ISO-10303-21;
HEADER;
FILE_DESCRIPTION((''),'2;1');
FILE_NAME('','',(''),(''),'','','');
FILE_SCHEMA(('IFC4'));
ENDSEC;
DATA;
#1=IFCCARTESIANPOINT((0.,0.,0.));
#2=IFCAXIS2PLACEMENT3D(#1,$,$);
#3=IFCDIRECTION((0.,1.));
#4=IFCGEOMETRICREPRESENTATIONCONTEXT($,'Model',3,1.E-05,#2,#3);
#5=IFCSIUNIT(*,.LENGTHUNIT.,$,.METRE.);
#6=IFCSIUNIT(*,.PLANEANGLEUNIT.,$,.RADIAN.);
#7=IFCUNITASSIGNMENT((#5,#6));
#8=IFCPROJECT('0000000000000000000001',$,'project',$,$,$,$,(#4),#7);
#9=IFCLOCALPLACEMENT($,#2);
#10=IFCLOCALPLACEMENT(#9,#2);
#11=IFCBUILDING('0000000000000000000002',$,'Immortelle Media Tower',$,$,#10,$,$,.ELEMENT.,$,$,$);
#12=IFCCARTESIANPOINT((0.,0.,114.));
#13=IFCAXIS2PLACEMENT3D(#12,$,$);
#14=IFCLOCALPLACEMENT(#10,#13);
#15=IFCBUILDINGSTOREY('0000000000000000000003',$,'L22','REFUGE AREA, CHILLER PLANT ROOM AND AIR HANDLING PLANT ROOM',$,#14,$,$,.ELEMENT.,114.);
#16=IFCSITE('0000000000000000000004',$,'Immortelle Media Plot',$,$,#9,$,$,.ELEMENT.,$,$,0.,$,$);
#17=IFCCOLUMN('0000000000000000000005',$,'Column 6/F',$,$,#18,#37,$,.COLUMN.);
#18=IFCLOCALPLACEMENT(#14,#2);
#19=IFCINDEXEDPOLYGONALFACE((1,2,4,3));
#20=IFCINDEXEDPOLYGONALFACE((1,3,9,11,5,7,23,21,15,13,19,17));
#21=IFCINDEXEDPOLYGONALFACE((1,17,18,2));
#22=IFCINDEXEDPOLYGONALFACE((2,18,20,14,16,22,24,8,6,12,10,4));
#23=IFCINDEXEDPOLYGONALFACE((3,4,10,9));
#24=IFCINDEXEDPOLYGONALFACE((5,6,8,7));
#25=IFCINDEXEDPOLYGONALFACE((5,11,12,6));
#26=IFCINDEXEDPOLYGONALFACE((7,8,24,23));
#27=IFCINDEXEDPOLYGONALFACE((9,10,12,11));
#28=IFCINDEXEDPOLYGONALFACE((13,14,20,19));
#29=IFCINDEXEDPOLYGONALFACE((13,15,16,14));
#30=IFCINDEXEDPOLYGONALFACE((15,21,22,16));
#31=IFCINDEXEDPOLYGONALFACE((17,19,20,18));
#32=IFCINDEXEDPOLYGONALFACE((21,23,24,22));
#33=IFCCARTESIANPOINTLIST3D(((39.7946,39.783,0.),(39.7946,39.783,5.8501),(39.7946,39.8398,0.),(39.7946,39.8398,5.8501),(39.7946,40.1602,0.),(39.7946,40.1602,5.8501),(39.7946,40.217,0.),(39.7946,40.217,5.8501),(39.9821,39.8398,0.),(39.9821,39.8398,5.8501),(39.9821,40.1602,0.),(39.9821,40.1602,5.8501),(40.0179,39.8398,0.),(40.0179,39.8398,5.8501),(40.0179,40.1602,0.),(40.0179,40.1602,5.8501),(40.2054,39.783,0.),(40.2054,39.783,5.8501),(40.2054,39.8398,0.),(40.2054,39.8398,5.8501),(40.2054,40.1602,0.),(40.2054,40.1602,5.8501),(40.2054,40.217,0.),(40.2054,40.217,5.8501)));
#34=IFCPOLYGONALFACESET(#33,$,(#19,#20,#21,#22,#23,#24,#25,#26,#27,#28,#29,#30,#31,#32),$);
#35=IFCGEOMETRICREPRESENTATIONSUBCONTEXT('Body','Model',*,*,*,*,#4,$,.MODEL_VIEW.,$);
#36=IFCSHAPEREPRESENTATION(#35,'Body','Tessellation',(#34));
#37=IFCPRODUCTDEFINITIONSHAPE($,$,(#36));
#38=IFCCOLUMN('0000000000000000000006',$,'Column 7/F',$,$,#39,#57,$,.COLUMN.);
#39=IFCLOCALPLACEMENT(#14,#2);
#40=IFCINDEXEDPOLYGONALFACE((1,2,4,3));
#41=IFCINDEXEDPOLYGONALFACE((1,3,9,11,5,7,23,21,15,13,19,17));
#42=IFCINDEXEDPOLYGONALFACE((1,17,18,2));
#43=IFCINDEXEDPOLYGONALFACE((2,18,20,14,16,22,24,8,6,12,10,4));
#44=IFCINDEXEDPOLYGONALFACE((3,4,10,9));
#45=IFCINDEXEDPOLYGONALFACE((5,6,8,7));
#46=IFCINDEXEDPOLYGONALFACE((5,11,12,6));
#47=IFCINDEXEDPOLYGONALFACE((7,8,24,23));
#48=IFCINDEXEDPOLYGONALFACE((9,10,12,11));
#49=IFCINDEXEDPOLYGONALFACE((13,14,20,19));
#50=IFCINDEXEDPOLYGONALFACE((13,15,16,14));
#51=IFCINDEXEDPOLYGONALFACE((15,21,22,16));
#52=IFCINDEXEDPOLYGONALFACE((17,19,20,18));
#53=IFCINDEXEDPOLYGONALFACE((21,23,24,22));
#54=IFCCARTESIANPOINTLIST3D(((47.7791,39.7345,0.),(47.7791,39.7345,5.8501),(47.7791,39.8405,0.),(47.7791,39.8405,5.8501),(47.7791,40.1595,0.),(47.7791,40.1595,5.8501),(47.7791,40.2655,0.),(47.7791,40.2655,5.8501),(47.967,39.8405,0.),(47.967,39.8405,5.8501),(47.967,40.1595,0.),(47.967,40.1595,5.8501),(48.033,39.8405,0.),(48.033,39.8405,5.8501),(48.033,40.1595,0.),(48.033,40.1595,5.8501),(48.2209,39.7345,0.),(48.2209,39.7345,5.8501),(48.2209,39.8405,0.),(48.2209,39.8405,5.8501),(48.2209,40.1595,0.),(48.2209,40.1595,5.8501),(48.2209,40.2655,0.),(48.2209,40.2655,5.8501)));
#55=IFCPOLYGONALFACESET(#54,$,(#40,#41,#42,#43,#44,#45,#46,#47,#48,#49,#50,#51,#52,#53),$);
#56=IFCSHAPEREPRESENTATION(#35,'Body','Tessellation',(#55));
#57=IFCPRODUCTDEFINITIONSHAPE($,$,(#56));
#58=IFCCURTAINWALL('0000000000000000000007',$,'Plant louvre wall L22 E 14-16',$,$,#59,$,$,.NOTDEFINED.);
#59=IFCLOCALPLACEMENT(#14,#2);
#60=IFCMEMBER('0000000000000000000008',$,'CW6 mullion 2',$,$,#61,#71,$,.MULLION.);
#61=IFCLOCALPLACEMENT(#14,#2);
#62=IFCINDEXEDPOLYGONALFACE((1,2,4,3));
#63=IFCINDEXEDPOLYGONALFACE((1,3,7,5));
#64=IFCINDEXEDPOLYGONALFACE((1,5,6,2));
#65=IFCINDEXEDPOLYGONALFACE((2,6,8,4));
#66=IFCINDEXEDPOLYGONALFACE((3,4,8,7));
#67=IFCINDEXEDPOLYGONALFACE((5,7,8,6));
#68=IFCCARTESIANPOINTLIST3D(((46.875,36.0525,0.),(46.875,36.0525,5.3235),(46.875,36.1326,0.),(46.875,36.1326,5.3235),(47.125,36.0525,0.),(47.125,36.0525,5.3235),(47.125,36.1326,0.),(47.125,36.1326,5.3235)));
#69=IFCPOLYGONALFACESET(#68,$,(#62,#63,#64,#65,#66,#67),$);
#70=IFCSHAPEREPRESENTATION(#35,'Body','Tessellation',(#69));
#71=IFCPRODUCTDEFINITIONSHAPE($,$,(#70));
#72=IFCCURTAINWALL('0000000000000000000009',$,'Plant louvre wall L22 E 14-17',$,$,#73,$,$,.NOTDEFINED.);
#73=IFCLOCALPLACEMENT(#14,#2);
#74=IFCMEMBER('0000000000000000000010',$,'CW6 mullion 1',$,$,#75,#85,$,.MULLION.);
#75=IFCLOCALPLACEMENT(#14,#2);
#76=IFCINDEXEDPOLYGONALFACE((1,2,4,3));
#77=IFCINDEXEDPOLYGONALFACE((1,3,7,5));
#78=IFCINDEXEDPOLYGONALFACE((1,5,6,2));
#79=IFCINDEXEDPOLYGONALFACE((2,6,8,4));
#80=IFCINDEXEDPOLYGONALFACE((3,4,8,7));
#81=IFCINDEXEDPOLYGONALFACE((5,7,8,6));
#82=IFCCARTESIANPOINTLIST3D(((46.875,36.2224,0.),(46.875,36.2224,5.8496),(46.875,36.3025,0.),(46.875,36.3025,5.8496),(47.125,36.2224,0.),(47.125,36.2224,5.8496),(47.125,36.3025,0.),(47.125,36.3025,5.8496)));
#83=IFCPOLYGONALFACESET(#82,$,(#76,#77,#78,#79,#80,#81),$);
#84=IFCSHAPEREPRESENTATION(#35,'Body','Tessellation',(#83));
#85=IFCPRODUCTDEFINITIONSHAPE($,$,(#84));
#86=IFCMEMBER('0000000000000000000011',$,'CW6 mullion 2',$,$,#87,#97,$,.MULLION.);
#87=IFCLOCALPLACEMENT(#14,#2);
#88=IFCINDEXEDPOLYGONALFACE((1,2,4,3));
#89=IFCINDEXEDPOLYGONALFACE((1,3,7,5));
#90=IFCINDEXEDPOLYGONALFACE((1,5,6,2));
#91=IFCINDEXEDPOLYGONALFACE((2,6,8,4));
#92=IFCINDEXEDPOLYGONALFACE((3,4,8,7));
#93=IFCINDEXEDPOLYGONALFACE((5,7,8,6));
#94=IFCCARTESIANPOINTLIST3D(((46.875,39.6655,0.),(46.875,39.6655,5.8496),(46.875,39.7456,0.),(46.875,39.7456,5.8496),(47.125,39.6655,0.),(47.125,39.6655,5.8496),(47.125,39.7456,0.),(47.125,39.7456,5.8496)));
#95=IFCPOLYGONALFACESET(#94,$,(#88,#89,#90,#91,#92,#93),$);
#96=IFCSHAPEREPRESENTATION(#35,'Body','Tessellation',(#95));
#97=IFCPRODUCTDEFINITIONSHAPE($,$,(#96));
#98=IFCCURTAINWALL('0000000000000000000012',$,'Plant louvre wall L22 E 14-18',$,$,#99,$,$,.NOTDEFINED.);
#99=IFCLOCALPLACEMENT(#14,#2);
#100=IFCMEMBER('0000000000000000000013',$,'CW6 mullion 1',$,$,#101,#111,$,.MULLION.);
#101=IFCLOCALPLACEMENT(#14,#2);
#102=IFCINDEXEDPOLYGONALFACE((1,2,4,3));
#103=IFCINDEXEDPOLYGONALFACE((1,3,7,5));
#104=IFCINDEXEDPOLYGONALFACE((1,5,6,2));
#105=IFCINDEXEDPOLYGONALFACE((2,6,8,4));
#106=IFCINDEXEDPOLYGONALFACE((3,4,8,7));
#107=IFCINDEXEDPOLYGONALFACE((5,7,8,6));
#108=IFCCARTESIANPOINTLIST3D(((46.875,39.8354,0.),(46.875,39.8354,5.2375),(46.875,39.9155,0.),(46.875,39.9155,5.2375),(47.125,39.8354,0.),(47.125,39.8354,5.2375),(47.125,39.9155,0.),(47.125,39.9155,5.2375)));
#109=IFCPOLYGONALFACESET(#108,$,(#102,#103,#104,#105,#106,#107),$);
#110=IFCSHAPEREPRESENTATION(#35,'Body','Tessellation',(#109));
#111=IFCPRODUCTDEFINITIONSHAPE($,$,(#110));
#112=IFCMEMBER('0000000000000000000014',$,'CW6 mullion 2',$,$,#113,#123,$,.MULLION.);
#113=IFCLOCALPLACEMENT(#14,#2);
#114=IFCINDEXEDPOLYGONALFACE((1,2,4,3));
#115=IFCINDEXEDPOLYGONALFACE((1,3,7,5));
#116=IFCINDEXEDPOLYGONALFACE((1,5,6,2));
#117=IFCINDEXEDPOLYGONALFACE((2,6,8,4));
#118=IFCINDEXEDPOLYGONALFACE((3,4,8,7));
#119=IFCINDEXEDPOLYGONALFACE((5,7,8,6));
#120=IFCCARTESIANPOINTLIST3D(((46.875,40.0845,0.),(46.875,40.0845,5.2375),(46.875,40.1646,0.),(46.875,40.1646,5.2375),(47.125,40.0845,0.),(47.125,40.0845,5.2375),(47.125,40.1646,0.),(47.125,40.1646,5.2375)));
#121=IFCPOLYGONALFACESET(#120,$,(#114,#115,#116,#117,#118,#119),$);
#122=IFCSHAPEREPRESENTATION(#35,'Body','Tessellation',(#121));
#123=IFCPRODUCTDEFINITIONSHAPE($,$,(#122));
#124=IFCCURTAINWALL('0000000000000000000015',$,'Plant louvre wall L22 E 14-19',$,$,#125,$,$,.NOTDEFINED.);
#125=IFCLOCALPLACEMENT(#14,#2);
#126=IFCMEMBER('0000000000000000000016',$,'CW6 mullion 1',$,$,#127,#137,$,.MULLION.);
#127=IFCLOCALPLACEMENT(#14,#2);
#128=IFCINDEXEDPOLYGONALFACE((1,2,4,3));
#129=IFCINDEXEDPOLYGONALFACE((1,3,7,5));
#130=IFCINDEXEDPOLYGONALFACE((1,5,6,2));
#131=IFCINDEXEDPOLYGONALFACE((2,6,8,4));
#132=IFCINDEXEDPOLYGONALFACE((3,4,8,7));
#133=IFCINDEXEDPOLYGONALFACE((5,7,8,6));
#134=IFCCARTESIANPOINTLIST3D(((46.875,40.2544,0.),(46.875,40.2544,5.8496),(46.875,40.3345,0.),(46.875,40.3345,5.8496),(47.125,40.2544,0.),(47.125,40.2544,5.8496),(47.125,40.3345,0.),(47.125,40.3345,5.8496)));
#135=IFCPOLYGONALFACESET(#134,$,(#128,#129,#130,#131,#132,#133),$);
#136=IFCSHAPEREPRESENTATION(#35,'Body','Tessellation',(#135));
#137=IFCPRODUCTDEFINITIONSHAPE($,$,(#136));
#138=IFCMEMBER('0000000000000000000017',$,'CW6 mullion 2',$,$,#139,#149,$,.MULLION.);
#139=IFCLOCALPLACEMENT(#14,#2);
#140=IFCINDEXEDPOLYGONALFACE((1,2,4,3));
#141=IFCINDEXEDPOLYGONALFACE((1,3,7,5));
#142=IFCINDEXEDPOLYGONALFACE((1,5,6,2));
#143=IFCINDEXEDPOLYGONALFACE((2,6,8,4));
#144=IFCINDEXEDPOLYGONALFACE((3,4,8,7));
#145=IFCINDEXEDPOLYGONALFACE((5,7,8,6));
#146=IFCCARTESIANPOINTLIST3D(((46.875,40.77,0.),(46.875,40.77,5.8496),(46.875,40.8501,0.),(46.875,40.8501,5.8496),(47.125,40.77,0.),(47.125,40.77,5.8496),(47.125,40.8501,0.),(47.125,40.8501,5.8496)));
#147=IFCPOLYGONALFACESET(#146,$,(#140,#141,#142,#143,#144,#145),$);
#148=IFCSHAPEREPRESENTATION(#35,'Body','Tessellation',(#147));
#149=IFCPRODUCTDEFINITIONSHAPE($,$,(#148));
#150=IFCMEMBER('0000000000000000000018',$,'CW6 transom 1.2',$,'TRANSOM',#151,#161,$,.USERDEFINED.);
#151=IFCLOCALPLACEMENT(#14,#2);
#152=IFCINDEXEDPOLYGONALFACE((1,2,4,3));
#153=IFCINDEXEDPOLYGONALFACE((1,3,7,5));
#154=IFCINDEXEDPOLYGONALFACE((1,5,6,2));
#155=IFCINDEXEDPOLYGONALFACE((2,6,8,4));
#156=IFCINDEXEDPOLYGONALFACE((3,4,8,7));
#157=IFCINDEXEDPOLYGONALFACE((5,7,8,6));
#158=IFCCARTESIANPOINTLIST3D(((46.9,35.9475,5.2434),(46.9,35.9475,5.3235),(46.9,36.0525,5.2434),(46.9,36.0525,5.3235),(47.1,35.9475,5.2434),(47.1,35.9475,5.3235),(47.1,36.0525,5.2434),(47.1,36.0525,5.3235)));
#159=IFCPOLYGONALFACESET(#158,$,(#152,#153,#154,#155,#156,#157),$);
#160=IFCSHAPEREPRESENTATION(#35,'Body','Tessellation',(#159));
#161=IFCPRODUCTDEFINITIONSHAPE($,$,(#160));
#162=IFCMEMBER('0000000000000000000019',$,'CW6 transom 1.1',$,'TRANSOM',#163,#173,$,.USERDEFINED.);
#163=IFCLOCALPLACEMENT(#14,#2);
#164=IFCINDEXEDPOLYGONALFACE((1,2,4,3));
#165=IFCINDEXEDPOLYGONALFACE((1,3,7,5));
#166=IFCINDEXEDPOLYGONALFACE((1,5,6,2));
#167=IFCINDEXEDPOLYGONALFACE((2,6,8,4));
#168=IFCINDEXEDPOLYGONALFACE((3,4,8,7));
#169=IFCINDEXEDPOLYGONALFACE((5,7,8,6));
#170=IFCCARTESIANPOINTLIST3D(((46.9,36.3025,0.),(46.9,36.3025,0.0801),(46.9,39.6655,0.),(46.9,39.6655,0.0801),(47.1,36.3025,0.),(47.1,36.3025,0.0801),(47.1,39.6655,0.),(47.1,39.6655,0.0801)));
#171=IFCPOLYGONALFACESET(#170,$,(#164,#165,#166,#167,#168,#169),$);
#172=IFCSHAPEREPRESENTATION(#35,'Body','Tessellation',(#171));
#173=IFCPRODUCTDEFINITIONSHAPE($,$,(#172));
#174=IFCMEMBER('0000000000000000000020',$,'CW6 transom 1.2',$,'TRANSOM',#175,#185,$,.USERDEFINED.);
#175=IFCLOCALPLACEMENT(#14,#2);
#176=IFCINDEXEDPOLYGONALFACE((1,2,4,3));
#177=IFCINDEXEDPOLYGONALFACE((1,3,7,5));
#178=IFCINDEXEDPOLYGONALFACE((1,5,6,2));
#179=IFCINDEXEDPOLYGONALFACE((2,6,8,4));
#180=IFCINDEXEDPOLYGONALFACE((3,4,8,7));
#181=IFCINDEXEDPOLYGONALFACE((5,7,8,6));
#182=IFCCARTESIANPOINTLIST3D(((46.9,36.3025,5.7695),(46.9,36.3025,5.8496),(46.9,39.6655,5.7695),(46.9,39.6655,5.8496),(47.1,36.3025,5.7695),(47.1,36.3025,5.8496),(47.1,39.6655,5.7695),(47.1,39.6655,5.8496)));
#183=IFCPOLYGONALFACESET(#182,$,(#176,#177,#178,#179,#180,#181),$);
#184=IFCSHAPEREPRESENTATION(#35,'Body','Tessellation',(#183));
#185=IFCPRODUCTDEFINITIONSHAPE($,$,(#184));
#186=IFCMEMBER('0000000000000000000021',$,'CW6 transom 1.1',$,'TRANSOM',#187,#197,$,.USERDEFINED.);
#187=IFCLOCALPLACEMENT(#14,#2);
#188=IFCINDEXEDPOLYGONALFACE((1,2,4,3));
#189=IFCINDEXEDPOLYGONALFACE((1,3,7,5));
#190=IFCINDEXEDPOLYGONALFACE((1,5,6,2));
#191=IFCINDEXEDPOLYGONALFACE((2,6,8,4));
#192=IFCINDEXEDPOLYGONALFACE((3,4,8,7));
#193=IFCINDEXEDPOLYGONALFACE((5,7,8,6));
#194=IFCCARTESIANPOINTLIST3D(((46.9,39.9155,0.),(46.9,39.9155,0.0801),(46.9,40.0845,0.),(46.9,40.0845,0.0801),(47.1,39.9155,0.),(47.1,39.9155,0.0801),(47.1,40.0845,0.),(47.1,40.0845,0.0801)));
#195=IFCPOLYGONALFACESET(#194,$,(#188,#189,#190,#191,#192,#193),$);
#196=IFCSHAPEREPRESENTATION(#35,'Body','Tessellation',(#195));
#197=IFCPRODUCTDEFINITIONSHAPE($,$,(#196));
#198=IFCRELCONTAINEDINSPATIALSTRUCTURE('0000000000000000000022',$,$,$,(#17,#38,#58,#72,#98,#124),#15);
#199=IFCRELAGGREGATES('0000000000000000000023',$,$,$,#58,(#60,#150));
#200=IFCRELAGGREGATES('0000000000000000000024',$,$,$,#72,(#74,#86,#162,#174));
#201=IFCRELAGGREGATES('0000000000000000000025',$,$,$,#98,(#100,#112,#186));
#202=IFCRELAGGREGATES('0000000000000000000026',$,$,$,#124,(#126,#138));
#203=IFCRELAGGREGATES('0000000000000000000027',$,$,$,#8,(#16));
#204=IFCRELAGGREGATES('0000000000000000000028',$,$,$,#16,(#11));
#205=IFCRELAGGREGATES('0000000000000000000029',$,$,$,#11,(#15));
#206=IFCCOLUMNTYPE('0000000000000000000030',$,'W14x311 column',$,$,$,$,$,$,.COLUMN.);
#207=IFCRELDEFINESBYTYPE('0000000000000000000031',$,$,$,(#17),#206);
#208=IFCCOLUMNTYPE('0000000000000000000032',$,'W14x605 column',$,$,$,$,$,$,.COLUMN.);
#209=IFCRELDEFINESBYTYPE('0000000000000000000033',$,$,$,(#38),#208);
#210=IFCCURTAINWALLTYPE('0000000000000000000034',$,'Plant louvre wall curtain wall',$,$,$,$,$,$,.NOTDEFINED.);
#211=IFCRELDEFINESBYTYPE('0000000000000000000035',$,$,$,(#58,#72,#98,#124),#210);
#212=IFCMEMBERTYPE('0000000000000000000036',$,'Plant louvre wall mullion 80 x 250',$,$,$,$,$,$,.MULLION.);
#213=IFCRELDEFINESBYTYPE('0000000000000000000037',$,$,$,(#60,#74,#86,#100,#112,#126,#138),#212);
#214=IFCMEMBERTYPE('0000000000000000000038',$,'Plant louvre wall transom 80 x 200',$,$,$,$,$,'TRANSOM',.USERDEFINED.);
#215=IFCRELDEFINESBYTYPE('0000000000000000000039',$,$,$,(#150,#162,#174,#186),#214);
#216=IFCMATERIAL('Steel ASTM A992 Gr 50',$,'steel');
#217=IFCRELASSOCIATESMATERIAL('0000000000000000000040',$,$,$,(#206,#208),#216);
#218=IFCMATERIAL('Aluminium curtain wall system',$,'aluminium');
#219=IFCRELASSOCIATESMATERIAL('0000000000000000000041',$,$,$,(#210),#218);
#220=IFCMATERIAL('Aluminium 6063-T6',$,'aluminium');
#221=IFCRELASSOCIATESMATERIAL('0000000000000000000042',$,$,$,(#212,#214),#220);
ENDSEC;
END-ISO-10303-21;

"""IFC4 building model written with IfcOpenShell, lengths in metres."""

from ifc_helpers import new_model, si_unit, direction, frame, origin, origin_2d, place, context, subcontext, project, spatial, rectangle, i_section, extrude, material, material_profile, profile_set, type_object, element, aggregate, save


model = new_model("IFC4")

# Units and contexts
model_context = context("Model", 3, precision=1e-05, world=origin(), true_north=direction((0.0, 1.0)))
body_context = subcontext(model_context, "Body", "Model", "MODEL_VIEW")
ifc_project = project(units=[si_unit("LENGTHUNIT", "METRE"), si_unit("PLANEANGLEUNIT", "RADIAN")], contexts=[model_context])

# Site, building, storey
site_placement = place(None, origin())
site = spatial("IfcSite", under=ifc_project, at=site_placement, Name="Immortelle Media Plot", CompositionType="ELEMENT", RefElevation=0.0)
building_placement = place(site_placement, origin())
building = spatial("IfcBuilding", under=site, at=building_placement, Name="Immortelle Media Tower", CompositionType="ELEMENT")
storey_placement = place(building_placement, frame((0.0, 0.0, 114.0)))
storey = spatial("IfcBuildingStorey", under=building, at=storey_placement, Name="L22", Description="REFUGE AREA, CHILLER PLANT ROOM AND AIR HANDLING PLANT ROOM", CompositionType="ELEMENT", Elevation=114.0)

# Columns
ifc_material_1 = material(Name="Steel ASTM A992 Gr 50", Category="steel")
ifc_material_profile_1 = material_profile(ifc_material_1, i_section(OverallWidth=0.4109, OverallDepth=0.4341, WebThickness=0.0359, FlangeThickness=0.0569, at=origin_2d()), Name="W14x311")
ifc_profile_set_1 = profile_set([ifc_material_profile_1], Name="Steel ASTM A992 Gr 50")
column_type_1 = type_object("IfcColumnType", Name="W14x311 column", PredefinedType="COLUMN", material=ifc_profile_set_1)
column_1_placement = place(storey_placement, frame((40.0, 40.0, 0.0), z_axis=(0.0, 0.0, 1.0), x_axis=(1.0, 0.0, 0.0)))
element("IfcColumn", 1, at=column_1_placement, inside=storey, type_object=column_type_1, Name="Column 6/F", PredefinedType="COLUMN", context=body_context, shape_type="SweptSolid", body=[
    extrude(i_section(OverallWidth=0.4109, OverallDepth=0.4341, WebThickness=0.0359, FlangeThickness=0.0569, at=origin_2d()), origin(), (0.0, 0.0, 1.0), 5.8501),
])
ifc_material_profile_2 = material_profile(ifc_material_1, i_section(OverallWidth=0.4419, OverallDepth=0.531, WebThickness=0.0659, FlangeThickness=0.106, at=origin_2d()), Name="W14x605")
ifc_profile_set_2 = profile_set([ifc_material_profile_2], Name="Steel ASTM A992 Gr 50")
column_type_2 = type_object("IfcColumnType", Name="W14x605 column", PredefinedType="COLUMN", material=ifc_profile_set_2)
column_2_placement = place(storey_placement, frame((48.0, 40.0, 0.0), z_axis=(0.0, 0.0, 1.0), x_axis=(1.0, 0.0, 0.0)))
element("IfcColumn", 2, at=column_2_placement, inside=storey, type_object=column_type_2, Name="Column 7/F", PredefinedType="COLUMN", context=body_context, shape_type="SweptSolid", body=[
    extrude(i_section(OverallWidth=0.4419, OverallDepth=0.531, WebThickness=0.0659, FlangeThickness=0.106, at=origin_2d()), origin(), (0.0, 0.0, 1.0), 5.8501),
])

# Curtain wall, member
ifc_material_2 = material(Name="Aluminium curtain wall system", Category="aluminium")
curtain_wall_type = type_object("IfcCurtainWallType", Name="Plant louvre wall curtain wall", PredefinedType="NOTDEFINED", material=ifc_material_2)
curtain_wall_1_placement = place(storey_placement, origin())
curtain_wall_1 = element("IfcCurtainWall", 3, at=curtain_wall_1_placement, inside=storey, type_object=curtain_wall_type, Name="Plant louvre wall L22 E 14-16", PredefinedType="NOTDEFINED")
ifc_material_3 = material(Name="Aluminium 6063-T6", Category="aluminium")
ifc_material_profile_3 = material_profile(ifc_material_3, rectangle(XDim=0.25, YDim=0.0801, at=origin_2d()), Name="AL 80x250")
ifc_profile_set_3 = profile_set([ifc_material_profile_3], Name="Aluminium 6063-T6")
member_type_1 = type_object("IfcMemberType", Name="Plant louvre wall mullion 80 x 250", PredefinedType="MULLION", material=ifc_profile_set_3)
member_1_placement = place(storey_placement, frame((47.0, 36.0925, 0.0), z_axis=(0.0, 0.0, 1.0), x_axis=(-1.0, 0.0, 0.0)))
member_1 = element("IfcMember", 4, at=member_1_placement, type_object=member_type_1, Name="CW6 mullion 2", PredefinedType="MULLION", context=body_context, shape_type="SweptSolid", body=[
    extrude(rectangle(XDim=0.25, YDim=0.0801, at=origin_2d()), origin(), (0.0, 0.0, 1.0), 5.3235),
])

# Curtain walls, members
curtain_wall_2_placement = place(storey_placement, origin())
curtain_wall_2 = element("IfcCurtainWall", 5, at=curtain_wall_2_placement, inside=storey, type_object=curtain_wall_type, Name="Plant louvre wall L22 E 14-17", PredefinedType="NOTDEFINED")
member_2_placement = place(storey_placement, frame((47.0, 36.2625, 0.0), z_axis=(0.0, 0.0, 1.0), x_axis=(-1.0, 0.0, 0.0)))
member_2 = element("IfcMember", 6, at=member_2_placement, type_object=member_type_1, Name="CW6 mullion 1", PredefinedType="MULLION", context=body_context, shape_type="SweptSolid", body=[
    extrude(rectangle(XDim=0.25, YDim=0.0801, at=origin_2d()), origin(), (0.0, 0.0, 1.0), 5.8496),
])
member_3_placement = place(storey_placement, frame((47.0, 39.7056, 0.0), z_axis=(0.0, 0.0, 1.0), x_axis=(-1.0, 0.0, 0.0)))
member_3 = element("IfcMember", 7, at=member_3_placement, type_object=member_type_1, Name="CW6 mullion 2", PredefinedType="MULLION", context=body_context, shape_type="SweptSolid", body=[
    extrude(rectangle(XDim=0.25, YDim=0.0801, at=origin_2d()), origin(), (0.0, 0.0, 1.0), 5.8496),
])
curtain_wall_3_placement = place(storey_placement, origin())
curtain_wall_3 = element("IfcCurtainWall", 8, at=curtain_wall_3_placement, inside=storey, type_object=curtain_wall_type, Name="Plant louvre wall L22 E 14-18", PredefinedType="NOTDEFINED")
member_4_placement = place(storey_placement, frame((47.0, 39.8755, 0.0), z_axis=(0.0, 0.0, 1.0), x_axis=(-1.0, 0.0, 0.0)))
member_4 = element("IfcMember", 9, at=member_4_placement, type_object=member_type_1, Name="CW6 mullion 1", PredefinedType="MULLION", context=body_context, shape_type="SweptSolid", body=[
    extrude(rectangle(XDim=0.25, YDim=0.0801, at=origin_2d()), origin(), (0.0, 0.0, 1.0), 5.2375),
])
member_5_placement = place(storey_placement, frame((47.0, 40.1245, 0.0), z_axis=(0.0, 0.0, 1.0), x_axis=(-1.0, 0.0, 0.0)))
member_5 = element("IfcMember", 10, at=member_5_placement, type_object=member_type_1, Name="CW6 mullion 2", PredefinedType="MULLION", context=body_context, shape_type="SweptSolid", body=[
    extrude(rectangle(XDim=0.25, YDim=0.0801, at=origin_2d()), origin(), (0.0, 0.0, 1.0), 5.2375),
])
curtain_wall_4_placement = place(storey_placement, origin())
curtain_wall_4 = element("IfcCurtainWall", 11, at=curtain_wall_4_placement, inside=storey, type_object=curtain_wall_type, Name="Plant louvre wall L22 E 14-19", PredefinedType="NOTDEFINED")
member_6_placement = place(storey_placement, frame((47.0, 40.2944, 0.0), z_axis=(0.0, 0.0, 1.0), x_axis=(-1.0, 0.0, 0.0)))
member_6 = element("IfcMember", 12, at=member_6_placement, type_object=member_type_1, Name="CW6 mullion 1", PredefinedType="MULLION", context=body_context, shape_type="SweptSolid", body=[
    extrude(rectangle(XDim=0.25, YDim=0.0801, at=origin_2d()), origin(), (0.0, 0.0, 1.0), 5.8496),
])
member_7_placement = place(storey_placement, frame((47.0, 40.8101, 0.0), z_axis=(0.0, 0.0, 1.0), x_axis=(-1.0, 0.0, 0.0)))
member_7 = element("IfcMember", 13, at=member_7_placement, type_object=member_type_1, Name="CW6 mullion 2", PredefinedType="MULLION", context=body_context, shape_type="SweptSolid", body=[
    extrude(rectangle(XDim=0.25, YDim=0.0801, at=origin_2d()), origin(), (0.0, 0.0, 1.0), 5.8496),
])

# Members
ifc_material_profile_4 = material_profile(ifc_material_3, rectangle(XDim=0.2, YDim=0.0801, at=origin_2d()), Name="AL 80x200")
ifc_profile_set_4 = profile_set([ifc_material_profile_4], Name="Aluminium 6063-T6")
member_type_2 = type_object("IfcMemberType", Name="Plant louvre wall transom 80 x 200", ElementType="TRANSOM", PredefinedType="USERDEFINED", material=ifc_profile_set_4)
member_8_placement = place(storey_placement, frame((47.0, 35.9475, 5.2834), z_axis=(0.0, 1.0, 0.0), x_axis=(-1.0, 0.0, 0.0)))
member_8 = element("IfcMember", 14, at=member_8_placement, type_object=member_type_2, Name="CW6 transom 1.2", ObjectType="TRANSOM", PredefinedType="USERDEFINED", context=body_context, shape_type="SweptSolid", body=[
    extrude(rectangle(XDim=0.2, YDim=0.0801, at=origin_2d()), origin(), (0.0, 0.0, 1.0), 0.105),
])
member_9_placement = place(storey_placement, frame((47.0, 36.3025, 0.04), z_axis=(0.0, 1.0, 0.0), x_axis=(-1.0, 0.0, 0.0)))
member_9 = element("IfcMember", 15, at=member_9_placement, type_object=member_type_2, Name="CW6 transom 1.1", ObjectType="TRANSOM", PredefinedType="USERDEFINED", context=body_context, shape_type="SweptSolid", body=[
    extrude(rectangle(XDim=0.2, YDim=0.0801, at=origin_2d()), origin(), (0.0, 0.0, 1.0), 3.363),
])
member_10_placement = place(storey_placement, frame((47.0, 36.3025, 5.8096), z_axis=(0.0, 1.0, 0.0), x_axis=(-1.0, 0.0, 0.0)))
member_10 = element("IfcMember", 16, at=member_10_placement, type_object=member_type_2, Name="CW6 transom 1.2", ObjectType="TRANSOM", PredefinedType="USERDEFINED", context=body_context, shape_type="SweptSolid", body=[
    extrude(rectangle(XDim=0.2, YDim=0.0801, at=origin_2d()), origin(), (0.0, 0.0, 1.0), 3.363),
])
member_11_placement = place(storey_placement, frame((47.0, 39.9155, 0.04), z_axis=(0.0, 1.0, 0.0), x_axis=(-1.0, 0.0, 0.0)))
member_11 = element("IfcMember", 17, at=member_11_placement, type_object=member_type_2, Name="CW6 transom 1.1", ObjectType="TRANSOM", PredefinedType="USERDEFINED", context=body_context, shape_type="SweptSolid", body=[
    extrude(rectangle(XDim=0.2, YDim=0.0801, at=origin_2d()), origin(), (0.0, 0.0, 1.0), 0.1689),
])

aggregate(curtain_wall_1, [member_1, member_8])
aggregate(curtain_wall_2, [member_2, member_3, member_9, member_10])
aggregate(curtain_wall_3, [member_4, member_5, member_11])
aggregate(curtain_wall_4, [member_6, member_7])

save(model, "model.ifc")
